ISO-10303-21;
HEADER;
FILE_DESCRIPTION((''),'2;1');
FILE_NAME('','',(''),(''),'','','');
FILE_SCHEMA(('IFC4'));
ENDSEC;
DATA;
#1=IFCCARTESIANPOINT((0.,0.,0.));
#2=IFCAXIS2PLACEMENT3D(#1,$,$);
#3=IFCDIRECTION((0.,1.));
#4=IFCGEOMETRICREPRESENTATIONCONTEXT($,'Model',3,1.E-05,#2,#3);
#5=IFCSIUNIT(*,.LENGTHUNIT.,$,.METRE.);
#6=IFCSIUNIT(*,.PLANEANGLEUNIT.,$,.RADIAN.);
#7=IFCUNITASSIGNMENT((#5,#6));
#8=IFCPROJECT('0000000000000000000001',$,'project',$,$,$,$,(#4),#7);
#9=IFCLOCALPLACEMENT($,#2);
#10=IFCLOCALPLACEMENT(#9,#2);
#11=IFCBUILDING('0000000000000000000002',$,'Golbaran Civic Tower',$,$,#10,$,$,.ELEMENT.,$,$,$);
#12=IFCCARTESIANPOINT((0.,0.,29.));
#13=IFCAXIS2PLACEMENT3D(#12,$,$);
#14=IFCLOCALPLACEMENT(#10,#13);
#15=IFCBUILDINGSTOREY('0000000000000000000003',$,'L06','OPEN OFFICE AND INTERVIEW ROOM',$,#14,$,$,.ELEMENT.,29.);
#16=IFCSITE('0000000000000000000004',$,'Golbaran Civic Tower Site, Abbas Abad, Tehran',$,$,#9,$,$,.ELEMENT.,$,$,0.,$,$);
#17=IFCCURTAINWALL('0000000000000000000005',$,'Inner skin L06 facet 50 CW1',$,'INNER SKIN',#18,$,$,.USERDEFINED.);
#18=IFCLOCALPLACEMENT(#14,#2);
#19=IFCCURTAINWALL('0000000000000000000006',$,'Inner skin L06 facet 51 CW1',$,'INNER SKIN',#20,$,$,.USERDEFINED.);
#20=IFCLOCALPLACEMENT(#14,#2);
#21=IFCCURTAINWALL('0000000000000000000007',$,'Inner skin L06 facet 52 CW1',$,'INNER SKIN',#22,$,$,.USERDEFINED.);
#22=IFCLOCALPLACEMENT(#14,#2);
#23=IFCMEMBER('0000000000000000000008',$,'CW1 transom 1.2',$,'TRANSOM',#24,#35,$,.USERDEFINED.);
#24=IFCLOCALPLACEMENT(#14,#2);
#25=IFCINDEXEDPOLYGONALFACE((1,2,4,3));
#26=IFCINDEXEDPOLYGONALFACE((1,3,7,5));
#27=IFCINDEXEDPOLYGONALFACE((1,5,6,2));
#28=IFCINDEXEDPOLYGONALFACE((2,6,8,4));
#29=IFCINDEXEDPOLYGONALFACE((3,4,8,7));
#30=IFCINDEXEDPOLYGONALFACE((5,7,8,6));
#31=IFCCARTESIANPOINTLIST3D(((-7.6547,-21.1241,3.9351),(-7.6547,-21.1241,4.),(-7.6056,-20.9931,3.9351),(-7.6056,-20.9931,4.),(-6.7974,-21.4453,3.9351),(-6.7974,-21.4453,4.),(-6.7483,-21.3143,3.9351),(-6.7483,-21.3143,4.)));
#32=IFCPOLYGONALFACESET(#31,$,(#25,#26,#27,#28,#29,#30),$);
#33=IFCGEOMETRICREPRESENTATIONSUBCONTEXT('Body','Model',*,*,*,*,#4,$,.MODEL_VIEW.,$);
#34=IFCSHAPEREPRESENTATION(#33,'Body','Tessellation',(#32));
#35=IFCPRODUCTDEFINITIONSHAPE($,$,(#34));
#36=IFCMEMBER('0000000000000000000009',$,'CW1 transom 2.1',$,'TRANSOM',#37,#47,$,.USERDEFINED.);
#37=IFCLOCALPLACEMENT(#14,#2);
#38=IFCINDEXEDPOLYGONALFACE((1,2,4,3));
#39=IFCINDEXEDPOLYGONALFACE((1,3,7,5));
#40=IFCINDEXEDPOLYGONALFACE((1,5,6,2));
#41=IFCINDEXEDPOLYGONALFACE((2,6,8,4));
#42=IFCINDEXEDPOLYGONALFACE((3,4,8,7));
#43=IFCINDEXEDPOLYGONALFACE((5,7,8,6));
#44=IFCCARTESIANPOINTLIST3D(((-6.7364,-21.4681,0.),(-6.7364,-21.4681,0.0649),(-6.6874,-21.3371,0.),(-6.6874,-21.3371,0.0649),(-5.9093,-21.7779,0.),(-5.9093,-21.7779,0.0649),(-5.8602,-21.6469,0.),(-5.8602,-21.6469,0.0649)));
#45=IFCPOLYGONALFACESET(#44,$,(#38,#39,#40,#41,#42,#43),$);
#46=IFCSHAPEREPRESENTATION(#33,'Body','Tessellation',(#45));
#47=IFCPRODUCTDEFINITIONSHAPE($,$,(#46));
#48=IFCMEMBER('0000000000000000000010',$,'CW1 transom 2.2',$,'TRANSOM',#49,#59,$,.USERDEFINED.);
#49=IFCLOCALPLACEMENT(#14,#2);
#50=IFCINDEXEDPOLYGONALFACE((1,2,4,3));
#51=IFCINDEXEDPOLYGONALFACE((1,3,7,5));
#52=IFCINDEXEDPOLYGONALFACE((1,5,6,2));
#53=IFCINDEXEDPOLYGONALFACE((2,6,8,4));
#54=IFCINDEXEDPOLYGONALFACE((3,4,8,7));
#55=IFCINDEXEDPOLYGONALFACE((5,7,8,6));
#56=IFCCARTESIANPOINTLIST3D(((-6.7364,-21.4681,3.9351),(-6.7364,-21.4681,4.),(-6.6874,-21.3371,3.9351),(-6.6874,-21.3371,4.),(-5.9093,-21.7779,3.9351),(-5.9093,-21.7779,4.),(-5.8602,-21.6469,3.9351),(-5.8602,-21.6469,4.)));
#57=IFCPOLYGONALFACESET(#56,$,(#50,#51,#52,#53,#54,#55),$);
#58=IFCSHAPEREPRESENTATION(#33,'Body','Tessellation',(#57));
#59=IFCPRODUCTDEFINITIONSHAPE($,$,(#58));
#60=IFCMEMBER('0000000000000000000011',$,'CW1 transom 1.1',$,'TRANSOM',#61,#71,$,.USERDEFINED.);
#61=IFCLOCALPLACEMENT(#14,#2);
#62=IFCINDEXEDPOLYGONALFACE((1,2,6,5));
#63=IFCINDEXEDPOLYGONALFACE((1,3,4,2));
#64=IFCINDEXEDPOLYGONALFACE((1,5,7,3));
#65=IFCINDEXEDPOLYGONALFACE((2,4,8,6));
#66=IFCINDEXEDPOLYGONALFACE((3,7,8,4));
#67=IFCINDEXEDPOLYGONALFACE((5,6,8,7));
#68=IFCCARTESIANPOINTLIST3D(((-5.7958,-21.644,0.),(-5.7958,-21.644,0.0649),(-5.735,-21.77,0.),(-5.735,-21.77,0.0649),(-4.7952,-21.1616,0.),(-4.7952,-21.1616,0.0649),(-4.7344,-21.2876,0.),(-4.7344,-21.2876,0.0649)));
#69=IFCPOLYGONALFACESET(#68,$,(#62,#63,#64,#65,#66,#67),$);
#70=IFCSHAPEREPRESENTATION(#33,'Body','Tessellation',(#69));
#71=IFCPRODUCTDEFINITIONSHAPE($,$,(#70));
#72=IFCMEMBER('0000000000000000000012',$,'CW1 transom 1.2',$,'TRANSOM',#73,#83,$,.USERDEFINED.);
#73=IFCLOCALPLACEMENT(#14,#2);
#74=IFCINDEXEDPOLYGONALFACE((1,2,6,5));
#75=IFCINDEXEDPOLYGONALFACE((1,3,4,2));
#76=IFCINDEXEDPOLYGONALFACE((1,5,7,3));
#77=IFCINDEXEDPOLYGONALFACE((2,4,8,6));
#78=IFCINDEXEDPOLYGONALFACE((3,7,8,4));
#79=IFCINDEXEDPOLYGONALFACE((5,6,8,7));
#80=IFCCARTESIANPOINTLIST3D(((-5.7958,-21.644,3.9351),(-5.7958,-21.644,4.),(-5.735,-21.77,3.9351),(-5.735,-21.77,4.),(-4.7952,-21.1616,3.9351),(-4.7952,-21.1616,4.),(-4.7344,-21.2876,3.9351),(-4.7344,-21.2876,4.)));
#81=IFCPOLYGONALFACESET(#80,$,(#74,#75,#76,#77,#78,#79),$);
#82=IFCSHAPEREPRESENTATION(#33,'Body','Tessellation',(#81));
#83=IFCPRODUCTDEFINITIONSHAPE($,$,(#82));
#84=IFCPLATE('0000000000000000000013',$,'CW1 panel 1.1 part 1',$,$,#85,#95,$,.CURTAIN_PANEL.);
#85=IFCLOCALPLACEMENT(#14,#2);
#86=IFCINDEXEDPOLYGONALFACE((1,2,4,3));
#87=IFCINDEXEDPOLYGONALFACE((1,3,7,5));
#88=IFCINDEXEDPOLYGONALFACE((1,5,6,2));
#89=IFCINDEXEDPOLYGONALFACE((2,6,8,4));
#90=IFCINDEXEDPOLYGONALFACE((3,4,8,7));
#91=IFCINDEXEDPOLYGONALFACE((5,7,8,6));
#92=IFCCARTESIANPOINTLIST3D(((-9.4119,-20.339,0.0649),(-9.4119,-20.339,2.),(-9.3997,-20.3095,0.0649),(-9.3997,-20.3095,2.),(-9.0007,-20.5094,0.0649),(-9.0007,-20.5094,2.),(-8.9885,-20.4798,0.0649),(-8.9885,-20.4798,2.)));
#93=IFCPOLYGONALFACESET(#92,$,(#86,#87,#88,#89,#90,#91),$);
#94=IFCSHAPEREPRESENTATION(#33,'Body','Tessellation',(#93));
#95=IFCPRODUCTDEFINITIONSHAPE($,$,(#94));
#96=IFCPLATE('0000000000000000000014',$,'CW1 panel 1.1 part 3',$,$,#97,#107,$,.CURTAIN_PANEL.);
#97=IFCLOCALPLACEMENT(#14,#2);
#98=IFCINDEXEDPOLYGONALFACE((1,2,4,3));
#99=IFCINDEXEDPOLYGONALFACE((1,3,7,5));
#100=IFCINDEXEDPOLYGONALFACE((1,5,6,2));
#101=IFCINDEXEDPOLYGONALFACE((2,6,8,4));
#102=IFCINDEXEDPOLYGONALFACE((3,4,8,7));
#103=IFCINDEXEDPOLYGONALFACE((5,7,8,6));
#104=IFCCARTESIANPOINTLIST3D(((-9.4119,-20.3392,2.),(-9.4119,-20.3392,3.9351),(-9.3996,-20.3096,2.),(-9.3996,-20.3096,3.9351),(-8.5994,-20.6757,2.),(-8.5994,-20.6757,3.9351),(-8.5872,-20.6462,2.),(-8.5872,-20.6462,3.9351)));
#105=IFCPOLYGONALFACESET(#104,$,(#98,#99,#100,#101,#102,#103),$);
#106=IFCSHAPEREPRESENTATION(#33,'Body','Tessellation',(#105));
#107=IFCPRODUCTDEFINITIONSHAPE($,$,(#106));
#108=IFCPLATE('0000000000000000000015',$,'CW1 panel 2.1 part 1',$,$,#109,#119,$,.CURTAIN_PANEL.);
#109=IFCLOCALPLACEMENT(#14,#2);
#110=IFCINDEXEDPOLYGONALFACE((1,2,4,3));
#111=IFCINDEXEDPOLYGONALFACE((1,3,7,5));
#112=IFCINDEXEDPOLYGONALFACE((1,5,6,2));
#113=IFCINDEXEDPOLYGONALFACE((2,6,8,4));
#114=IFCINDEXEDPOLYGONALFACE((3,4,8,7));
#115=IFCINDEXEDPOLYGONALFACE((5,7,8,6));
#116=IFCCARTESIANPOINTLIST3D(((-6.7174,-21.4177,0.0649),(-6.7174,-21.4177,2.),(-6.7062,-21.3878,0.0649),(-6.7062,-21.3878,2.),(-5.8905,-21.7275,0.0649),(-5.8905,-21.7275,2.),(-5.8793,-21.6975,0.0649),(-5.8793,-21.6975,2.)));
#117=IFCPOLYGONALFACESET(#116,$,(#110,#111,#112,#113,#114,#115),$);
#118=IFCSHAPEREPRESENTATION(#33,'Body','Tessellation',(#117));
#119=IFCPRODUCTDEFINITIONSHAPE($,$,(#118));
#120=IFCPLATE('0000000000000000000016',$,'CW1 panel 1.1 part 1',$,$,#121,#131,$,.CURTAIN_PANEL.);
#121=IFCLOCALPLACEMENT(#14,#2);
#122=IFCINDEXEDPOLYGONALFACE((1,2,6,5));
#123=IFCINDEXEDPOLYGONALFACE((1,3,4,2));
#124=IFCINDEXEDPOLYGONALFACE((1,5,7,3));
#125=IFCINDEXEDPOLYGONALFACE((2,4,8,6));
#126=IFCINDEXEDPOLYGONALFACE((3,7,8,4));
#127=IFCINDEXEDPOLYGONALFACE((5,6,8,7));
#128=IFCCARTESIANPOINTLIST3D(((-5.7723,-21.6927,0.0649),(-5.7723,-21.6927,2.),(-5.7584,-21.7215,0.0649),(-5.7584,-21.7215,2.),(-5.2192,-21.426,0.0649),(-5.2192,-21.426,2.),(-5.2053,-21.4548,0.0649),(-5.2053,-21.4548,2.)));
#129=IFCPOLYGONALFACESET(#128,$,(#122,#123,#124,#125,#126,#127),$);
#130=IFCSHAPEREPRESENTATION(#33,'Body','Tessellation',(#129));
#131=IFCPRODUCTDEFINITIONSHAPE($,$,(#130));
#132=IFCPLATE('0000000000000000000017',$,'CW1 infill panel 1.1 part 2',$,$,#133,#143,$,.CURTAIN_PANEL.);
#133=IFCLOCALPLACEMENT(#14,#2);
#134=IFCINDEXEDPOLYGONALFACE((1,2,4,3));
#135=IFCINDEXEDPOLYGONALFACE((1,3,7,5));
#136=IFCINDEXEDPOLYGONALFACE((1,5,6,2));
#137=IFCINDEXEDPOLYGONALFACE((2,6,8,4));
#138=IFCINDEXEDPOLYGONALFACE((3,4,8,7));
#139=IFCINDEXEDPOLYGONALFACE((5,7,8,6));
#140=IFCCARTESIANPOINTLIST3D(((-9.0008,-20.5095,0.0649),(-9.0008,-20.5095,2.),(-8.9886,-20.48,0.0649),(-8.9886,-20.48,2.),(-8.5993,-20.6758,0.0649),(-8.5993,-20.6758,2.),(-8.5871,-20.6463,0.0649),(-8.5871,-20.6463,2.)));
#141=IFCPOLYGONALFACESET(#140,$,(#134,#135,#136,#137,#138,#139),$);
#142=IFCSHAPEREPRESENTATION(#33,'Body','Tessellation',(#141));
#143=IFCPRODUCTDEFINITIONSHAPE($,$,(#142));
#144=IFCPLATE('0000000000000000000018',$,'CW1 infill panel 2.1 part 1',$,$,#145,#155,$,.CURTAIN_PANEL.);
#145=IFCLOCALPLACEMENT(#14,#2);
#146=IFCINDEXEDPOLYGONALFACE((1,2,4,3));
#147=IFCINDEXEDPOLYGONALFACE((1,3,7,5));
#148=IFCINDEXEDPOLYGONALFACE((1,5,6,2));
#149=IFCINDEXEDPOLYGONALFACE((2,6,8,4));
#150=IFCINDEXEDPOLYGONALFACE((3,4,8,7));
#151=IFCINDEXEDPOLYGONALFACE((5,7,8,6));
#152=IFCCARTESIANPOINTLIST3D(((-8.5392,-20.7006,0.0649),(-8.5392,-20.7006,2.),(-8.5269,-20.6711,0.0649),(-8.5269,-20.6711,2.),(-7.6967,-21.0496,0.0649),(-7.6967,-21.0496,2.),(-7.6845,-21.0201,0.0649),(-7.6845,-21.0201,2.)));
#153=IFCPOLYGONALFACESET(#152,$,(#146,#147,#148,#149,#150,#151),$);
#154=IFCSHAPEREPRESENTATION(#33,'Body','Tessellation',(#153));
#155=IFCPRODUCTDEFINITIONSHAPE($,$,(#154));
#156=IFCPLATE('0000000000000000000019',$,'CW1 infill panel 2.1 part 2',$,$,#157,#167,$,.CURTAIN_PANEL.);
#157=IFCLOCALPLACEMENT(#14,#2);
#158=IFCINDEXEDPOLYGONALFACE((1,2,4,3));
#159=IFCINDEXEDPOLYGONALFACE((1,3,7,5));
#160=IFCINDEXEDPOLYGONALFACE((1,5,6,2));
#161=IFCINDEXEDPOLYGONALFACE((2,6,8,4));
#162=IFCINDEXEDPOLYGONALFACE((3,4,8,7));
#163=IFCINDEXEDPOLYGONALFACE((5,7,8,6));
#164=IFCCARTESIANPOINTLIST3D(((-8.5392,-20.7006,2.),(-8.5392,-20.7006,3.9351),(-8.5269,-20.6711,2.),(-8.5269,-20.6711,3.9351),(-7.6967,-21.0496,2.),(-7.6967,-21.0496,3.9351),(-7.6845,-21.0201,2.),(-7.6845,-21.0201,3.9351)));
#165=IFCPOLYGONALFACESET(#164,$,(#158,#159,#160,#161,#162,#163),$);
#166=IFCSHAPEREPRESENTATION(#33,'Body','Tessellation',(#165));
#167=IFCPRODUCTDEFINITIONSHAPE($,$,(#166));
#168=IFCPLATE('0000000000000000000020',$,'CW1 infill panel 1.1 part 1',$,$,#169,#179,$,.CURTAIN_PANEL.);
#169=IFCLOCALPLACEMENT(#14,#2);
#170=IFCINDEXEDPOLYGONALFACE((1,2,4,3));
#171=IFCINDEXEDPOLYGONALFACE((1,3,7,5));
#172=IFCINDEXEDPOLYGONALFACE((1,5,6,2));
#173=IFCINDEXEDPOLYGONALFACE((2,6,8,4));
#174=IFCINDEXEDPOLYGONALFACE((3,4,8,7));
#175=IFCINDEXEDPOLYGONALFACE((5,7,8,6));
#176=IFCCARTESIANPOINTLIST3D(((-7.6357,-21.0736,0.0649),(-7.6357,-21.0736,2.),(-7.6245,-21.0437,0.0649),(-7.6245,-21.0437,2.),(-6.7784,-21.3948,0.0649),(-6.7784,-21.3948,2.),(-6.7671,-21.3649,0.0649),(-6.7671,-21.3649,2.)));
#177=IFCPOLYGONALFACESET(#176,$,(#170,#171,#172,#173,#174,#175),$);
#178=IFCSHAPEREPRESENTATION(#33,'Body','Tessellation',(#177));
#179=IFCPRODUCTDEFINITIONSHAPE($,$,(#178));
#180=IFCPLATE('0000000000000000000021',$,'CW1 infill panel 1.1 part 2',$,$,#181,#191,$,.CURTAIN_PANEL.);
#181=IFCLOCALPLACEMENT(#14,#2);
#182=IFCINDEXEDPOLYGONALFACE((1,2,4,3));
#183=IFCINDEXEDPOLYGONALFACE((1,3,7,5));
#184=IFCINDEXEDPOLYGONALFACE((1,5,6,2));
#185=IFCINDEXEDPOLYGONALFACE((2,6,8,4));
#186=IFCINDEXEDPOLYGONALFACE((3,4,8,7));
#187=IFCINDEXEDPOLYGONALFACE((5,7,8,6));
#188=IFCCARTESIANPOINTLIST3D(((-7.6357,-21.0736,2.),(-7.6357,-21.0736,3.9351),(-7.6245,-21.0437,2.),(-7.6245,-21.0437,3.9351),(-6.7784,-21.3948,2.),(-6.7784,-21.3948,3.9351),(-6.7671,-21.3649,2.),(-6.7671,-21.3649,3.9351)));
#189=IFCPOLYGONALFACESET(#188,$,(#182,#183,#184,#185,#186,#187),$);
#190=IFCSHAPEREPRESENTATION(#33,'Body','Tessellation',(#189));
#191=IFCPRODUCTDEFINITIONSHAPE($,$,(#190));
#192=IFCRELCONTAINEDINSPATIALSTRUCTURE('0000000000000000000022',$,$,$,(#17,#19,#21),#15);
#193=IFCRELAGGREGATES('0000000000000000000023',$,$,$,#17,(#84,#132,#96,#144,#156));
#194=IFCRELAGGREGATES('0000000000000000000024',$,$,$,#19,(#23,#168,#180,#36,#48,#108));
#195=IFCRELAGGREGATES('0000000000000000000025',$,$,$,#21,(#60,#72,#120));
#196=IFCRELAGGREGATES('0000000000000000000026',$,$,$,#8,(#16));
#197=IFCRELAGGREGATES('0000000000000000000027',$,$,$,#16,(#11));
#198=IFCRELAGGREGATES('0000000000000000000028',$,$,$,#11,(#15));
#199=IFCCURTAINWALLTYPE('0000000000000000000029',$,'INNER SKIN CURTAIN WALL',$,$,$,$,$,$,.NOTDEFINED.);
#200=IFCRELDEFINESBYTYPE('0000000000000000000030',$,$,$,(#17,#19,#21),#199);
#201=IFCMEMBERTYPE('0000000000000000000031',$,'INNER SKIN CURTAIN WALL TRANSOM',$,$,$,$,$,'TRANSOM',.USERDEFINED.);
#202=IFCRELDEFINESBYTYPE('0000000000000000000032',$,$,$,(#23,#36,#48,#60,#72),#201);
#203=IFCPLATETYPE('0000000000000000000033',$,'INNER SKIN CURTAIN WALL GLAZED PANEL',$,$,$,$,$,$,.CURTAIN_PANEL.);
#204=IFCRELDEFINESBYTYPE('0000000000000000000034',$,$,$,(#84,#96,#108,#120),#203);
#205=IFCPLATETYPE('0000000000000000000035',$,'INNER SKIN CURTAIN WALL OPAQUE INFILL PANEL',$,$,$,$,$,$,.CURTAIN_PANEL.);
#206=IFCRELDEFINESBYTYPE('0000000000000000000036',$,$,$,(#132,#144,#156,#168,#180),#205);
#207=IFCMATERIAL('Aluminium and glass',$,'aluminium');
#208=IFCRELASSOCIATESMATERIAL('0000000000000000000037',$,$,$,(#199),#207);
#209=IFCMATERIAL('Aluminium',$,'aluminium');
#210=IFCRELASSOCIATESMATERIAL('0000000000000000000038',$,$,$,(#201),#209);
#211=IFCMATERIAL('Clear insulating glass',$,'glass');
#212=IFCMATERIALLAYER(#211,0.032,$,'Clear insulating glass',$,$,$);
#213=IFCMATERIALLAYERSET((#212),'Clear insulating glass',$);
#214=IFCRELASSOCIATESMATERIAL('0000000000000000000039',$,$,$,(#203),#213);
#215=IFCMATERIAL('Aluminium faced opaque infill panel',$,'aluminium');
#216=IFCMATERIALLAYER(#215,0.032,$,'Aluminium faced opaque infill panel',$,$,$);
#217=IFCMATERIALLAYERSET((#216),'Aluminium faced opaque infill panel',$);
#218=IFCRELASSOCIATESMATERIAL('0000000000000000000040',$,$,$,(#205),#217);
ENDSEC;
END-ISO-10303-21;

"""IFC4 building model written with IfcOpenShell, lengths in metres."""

from ifc_helpers import new_model, si_unit, direction, frame, origin, origin_2d, place, context, subcontext, project, spatial, rectangle, extrude, material, layer, layer_set, material_profile, profile_set, type_object, element, aggregate, save


model = new_model("IFC4")

# Units and contexts
model_context = context("Model", 3, precision=1e-05, world=origin(), true_north=direction((0.0, 1.0)))
body_context = subcontext(model_context, "Body", "Model", "MODEL_VIEW")
ifc_project = project(units=[si_unit("LENGTHUNIT", "METRE"), si_unit("PLANEANGLEUNIT", "RADIAN")], contexts=[model_context])

# Site, building, storey
site_placement = place(None, origin())
site = spatial("IfcSite", under=ifc_project, at=site_placement, Name="Golbaran Civic Tower Site, Abbas Abad, Tehran", CompositionType="ELEMENT", RefElevation=0.0)
building_placement = place(site_placement, origin())
building = spatial("IfcBuilding", under=site, at=building_placement, Name="Golbaran Civic Tower", CompositionType="ELEMENT")
storey_placement = place(building_placement, frame((0.0, 0.0, 29.0)))
storey = spatial("IfcBuildingStorey", under=building, at=storey_placement, Name="L06", Description="OPEN OFFICE AND INTERVIEW ROOM", CompositionType="ELEMENT", Elevation=29.0)

# Curtain walls
ifc_material_1 = material(Name="Aluminium and glass", Category="aluminium")
curtain_wall_type = type_object("IfcCurtainWallType", Name="INNER SKIN CURTAIN WALL", PredefinedType="NOTDEFINED", material=ifc_material_1)
curtain_wall_1_placement = place(storey_placement, origin())
curtain_wall_1 = element("IfcCurtainWall", 1, at=curtain_wall_1_placement, inside=storey, type_object=curtain_wall_type, Name="Inner skin L06 facet 50 CW1", ObjectType="INNER SKIN", PredefinedType="USERDEFINED")
ifc_material_2 = material(Name="Aluminium", Category="aluminium")
curtain_wall_2_placement = place(storey_placement, origin())
curtain_wall_2 = element("IfcCurtainWall", 2, at=curtain_wall_2_placement, inside=storey, type_object=curtain_wall_type, Name="Inner skin L06 facet 51 CW1", ObjectType="INNER SKIN", PredefinedType="USERDEFINED")

# Curtain wall
curtain_wall_3_placement = place(storey_placement, origin())
curtain_wall_3 = element("IfcCurtainWall", 3, at=curtain_wall_3_placement, inside=storey, type_object=curtain_wall_type, Name="Inner skin L06 facet 52 CW1", ObjectType="INNER SKIN", PredefinedType="USERDEFINED")

# Members
ifc_material_profile_1 = material_profile(ifc_material_2, rectangle(XDim=0.1399, YDim=0.0649, at=origin_2d()), Name="INNER SKIN CURTAIN WALL TRANSOM")
ifc_profile_set_1 = profile_set([ifc_material_profile_1], Name="Aluminium")
member_type_1 = type_object("IfcMemberType", Name="INNER SKIN CURTAIN WALL TRANSOM", ElementType="TRANSOM", PredefinedType="USERDEFINED", material=ifc_profile_set_1)
member_1_placement = place(storey_placement, frame((-7.6301, -21.0586, 3.9675), z_axis=(0.936417, -0.35089, 0.0), x_axis=(0.35089, 0.936417, 0.0)))
member_1 = element("IfcMember", 4, at=member_1_placement, type_object=member_type_1, Name="CW1 transom 1.2", ObjectType="TRANSOM", PredefinedType="USERDEFINED", context=body_context, shape_type="SweptSolid", body=[
    extrude(rectangle(XDim=0.1399, YDim=0.0649, at=origin_2d()), origin(), (0.0, 0.0, 1.0), 0.9155),
])
member_2_placement = place(storey_placement, frame((-6.7119, -21.4026, 0.0325), z_axis=(0.936465, -0.35076, 0.0), x_axis=(0.35076, 0.936465, 0.0)))
member_2 = element("IfcMember", 5, at=member_2_placement, type_object=member_type_1, Name="CW1 transom 2.1", ObjectType="TRANSOM", PredefinedType="USERDEFINED", context=body_context, shape_type="SweptSolid", body=[
    extrude(rectangle(XDim=0.1399, YDim=0.0649, at=origin_2d()), origin(), (0.0, 0.0, 1.0), 0.8833),
])
member_3_placement = place(storey_placement, frame((-6.7119, -21.4026, 3.9675), z_axis=(0.936465, -0.35076, 0.0), x_axis=(0.35076, 0.936465, 0.0)))
member_3 = element("IfcMember", 6, at=member_3_placement, type_object=member_type_1, Name="CW1 transom 2.2", ObjectType="TRANSOM", PredefinedType="USERDEFINED", context=body_context, shape_type="SweptSolid", body=[
    extrude(rectangle(XDim=0.1399, YDim=0.0649, at=origin_2d()), origin(), (0.0, 0.0, 1.0), 0.8833),
])
member_4_placement = place(storey_placement, frame((-5.7654, -21.707, 0.0325), z_axis=(0.900753, 0.434331, 0.0), x_axis=(-0.434331, 0.900753, 0.0)))
member_4 = element("IfcMember", 7, at=member_4_placement, type_object=member_type_1, Name="CW1 transom 1.1", ObjectType="TRANSOM", PredefinedType="USERDEFINED", context=body_context, shape_type="SweptSolid", body=[
    extrude(rectangle(XDim=0.1399, YDim=0.0649, at=origin_2d()), origin(), (0.0, 0.0, 1.0), 1.1108),
])
member_5_placement = place(storey_placement, frame((-5.7654, -21.707, 3.9675), z_axis=(0.900753, 0.434331, 0.0), x_axis=(-0.434331, 0.900753, 0.0)))
member_5 = element("IfcMember", 8, at=member_5_placement, type_object=member_type_1, Name="CW1 transom 1.2", ObjectType="TRANSOM", PredefinedType="USERDEFINED", context=body_context, shape_type="SweptSolid", body=[
    extrude(rectangle(XDim=0.1399, YDim=0.0649, at=origin_2d()), origin(), (0.0, 0.0, 1.0), 1.1108),
])

# Plates
ifc_material_3 = material(Name="Clear insulating glass", Category="glass")
ifc_layer_1 = layer(ifc_material_3, 0.032, Name="Clear insulating glass")
ifc_layer_set_1 = layer_set([ifc_layer_1], Name="Clear insulating glass")
plate_type_1 = type_object("IfcPlateType", Name="INNER SKIN CURTAIN WALL GLAZED PANEL", PredefinedType="CURTAIN_PANEL", material=ifc_layer_set_1)
plate_1_placement = place(storey_placement, frame((-9.2002, -20.4094, 0.0649), z_axis=(0.0, 0.0, 1.0), x_axis=(0.92388, -0.382683, 0.0)))
plate_1 = element("IfcPlate", 9, at=plate_1_placement, type_object=plate_type_1, Name="CW1 panel 1.1 part 1", PredefinedType="CURTAIN_PANEL", context=body_context, shape_type="SweptSolid", body=[
    extrude(rectangle(XDim=0.4451, YDim=0.032, at=origin_2d()), origin(), (0.0, 0.0, 1.0), 1.9351),
])
plate_2_placement = place(storey_placement, frame((-8.9995, -20.4927, 2.0), z_axis=(0.0, 0.0, 1.0), x_axis=(0.92388, -0.382683, 0.0)))
plate_2 = element("IfcPlate", 10, at=plate_2_placement, type_object=plate_type_1, Name="CW1 panel 1.1 part 3", PredefinedType="CURTAIN_PANEL", context=body_context, shape_type="SweptSolid", body=[
    extrude(rectangle(XDim=0.8794, YDim=0.032, at=origin_2d()), origin(), (0.0, 0.0, 1.0), 1.9351),
])
plate_3_placement = place(storey_placement, frame((-6.2983, -21.5576, 0.0649), z_axis=(0.0, 0.0, 1.0), x_axis=(0.936447, -0.350808, 0.0)))
plate_3 = element("IfcPlate", 11, at=plate_3_placement, type_object=plate_type_1, Name="CW1 panel 2.1 part 1", PredefinedType="CURTAIN_PANEL", context=body_context, shape_type="SweptSolid", body=[
    extrude(rectangle(XDim=0.8831, YDim=0.032, at=origin_2d()), origin(), (0.0, 0.0, 1.0), 1.9351),
])
plate_4_placement = place(storey_placement, frame((-5.4888, -21.5737, 0.0649), z_axis=(0.0, 0.0, 1.0), x_axis=(0.900767, 0.434302, 0.0)))
plate_4 = element("IfcPlate", 12, at=plate_4_placement, type_object=plate_type_1, Name="CW1 panel 1.1 part 1", PredefinedType="CURTAIN_PANEL", context=body_context, shape_type="SweptSolid", body=[
    extrude(rectangle(XDim=0.614, YDim=0.032, at=origin_2d()), origin(), (0.0, 0.0, 1.0), 1.9351),
])
ifc_material_4 = material(Name="Aluminium faced opaque infill panel", Category="aluminium")
ifc_layer_2 = layer(ifc_material_4, 0.032, Name="Aluminium faced opaque infill panel")
ifc_layer_set_2 = layer_set([ifc_layer_2], Name="Aluminium faced opaque infill panel")
plate_type_2 = type_object("IfcPlateType", Name="INNER SKIN CURTAIN WALL OPAQUE INFILL PANEL", PredefinedType="CURTAIN_PANEL", material=ifc_layer_set_2)
plate_5_placement = place(storey_placement, frame((-8.7939, -20.5779, 0.0649), z_axis=(0.0, 0.0, 1.0), x_axis=(0.92388, -0.382683, 0.0)))
plate_5 = element("IfcPlate", 13, at=plate_5_placement, type_object=plate_type_2, Name="CW1 infill panel 1.1 part 2", PredefinedType="CURTAIN_PANEL", context=body_context, shape_type="SweptSolid", body=[
    extrude(rectangle(XDim=0.4346, YDim=0.032, at=origin_2d()), origin(), (0.0, 0.0, 1.0), 1.9351),
])
plate_6_placement = place(storey_placement, frame((-8.1118, -20.8604, 0.0649), z_axis=(0.0, 0.0, 1.0), x_axis=(0.92388, -0.382683, 0.0)))
plate_6 = element("IfcPlate", 14, at=plate_6_placement, type_object=plate_type_2, Name="CW1 infill panel 2.1 part 1", PredefinedType="CURTAIN_PANEL", context=body_context, shape_type="SweptSolid", body=[
    extrude(rectangle(XDim=0.9119, YDim=0.032, at=origin_2d()), origin(), (0.0, 0.0, 1.0), 1.9351),
])
plate_7_placement = place(storey_placement, frame((-8.1118, -20.8604, 2.0), z_axis=(0.0, 0.0, 1.0), x_axis=(0.92388, -0.382683, 0.0)))
plate_7 = element("IfcPlate", 15, at=plate_7_placement, type_object=plate_type_2, Name="CW1 infill panel 2.1 part 2", PredefinedType="CURTAIN_PANEL", context=body_context, shape_type="SweptSolid", body=[
    extrude(rectangle(XDim=0.9119, YDim=0.032, at=origin_2d()), origin(), (0.0, 0.0, 1.0), 1.9351),
])
aggregate(curtain_wall_1, [plate_1, plate_5, plate_2, plate_6, plate_7])
plate_8_placement = place(storey_placement, frame((-7.2014, -21.2192, 0.0649), z_axis=(0.0, 0.0, 1.0), x_axis=(0.936447, -0.350808, 0.0)))
plate_8 = element("IfcPlate", 16, at=plate_8_placement, type_object=plate_type_2, Name="CW1 infill panel 1.1 part 1", PredefinedType="CURTAIN_PANEL", context=body_context, shape_type="SweptSolid", body=[
    extrude(rectangle(XDim=0.9155, YDim=0.032, at=origin_2d()), origin(), (0.0, 0.0, 1.0), 1.9351),
])
plate_9_placement = place(storey_placement, frame((-7.2014, -21.2192, 2.0), z_axis=(0.0, 0.0, 1.0), x_axis=(0.936447, -0.350808, 0.0)))
plate_9 = element("IfcPlate", 17, at=plate_9_placement, type_object=plate_type_2, Name="CW1 infill panel 1.1 part 2", PredefinedType="CURTAIN_PANEL", context=body_context, shape_type="SweptSolid", body=[
    extrude(rectangle(XDim=0.9155, YDim=0.032, at=origin_2d()), origin(), (0.0, 0.0, 1.0), 1.9351),
])
aggregate(curtain_wall_2, [member_1, plate_8, plate_9, member_2, member_3, plate_3])
aggregate(curtain_wall_3, [member_4, member_5, plate_4])

save(model, "model.ifc")
